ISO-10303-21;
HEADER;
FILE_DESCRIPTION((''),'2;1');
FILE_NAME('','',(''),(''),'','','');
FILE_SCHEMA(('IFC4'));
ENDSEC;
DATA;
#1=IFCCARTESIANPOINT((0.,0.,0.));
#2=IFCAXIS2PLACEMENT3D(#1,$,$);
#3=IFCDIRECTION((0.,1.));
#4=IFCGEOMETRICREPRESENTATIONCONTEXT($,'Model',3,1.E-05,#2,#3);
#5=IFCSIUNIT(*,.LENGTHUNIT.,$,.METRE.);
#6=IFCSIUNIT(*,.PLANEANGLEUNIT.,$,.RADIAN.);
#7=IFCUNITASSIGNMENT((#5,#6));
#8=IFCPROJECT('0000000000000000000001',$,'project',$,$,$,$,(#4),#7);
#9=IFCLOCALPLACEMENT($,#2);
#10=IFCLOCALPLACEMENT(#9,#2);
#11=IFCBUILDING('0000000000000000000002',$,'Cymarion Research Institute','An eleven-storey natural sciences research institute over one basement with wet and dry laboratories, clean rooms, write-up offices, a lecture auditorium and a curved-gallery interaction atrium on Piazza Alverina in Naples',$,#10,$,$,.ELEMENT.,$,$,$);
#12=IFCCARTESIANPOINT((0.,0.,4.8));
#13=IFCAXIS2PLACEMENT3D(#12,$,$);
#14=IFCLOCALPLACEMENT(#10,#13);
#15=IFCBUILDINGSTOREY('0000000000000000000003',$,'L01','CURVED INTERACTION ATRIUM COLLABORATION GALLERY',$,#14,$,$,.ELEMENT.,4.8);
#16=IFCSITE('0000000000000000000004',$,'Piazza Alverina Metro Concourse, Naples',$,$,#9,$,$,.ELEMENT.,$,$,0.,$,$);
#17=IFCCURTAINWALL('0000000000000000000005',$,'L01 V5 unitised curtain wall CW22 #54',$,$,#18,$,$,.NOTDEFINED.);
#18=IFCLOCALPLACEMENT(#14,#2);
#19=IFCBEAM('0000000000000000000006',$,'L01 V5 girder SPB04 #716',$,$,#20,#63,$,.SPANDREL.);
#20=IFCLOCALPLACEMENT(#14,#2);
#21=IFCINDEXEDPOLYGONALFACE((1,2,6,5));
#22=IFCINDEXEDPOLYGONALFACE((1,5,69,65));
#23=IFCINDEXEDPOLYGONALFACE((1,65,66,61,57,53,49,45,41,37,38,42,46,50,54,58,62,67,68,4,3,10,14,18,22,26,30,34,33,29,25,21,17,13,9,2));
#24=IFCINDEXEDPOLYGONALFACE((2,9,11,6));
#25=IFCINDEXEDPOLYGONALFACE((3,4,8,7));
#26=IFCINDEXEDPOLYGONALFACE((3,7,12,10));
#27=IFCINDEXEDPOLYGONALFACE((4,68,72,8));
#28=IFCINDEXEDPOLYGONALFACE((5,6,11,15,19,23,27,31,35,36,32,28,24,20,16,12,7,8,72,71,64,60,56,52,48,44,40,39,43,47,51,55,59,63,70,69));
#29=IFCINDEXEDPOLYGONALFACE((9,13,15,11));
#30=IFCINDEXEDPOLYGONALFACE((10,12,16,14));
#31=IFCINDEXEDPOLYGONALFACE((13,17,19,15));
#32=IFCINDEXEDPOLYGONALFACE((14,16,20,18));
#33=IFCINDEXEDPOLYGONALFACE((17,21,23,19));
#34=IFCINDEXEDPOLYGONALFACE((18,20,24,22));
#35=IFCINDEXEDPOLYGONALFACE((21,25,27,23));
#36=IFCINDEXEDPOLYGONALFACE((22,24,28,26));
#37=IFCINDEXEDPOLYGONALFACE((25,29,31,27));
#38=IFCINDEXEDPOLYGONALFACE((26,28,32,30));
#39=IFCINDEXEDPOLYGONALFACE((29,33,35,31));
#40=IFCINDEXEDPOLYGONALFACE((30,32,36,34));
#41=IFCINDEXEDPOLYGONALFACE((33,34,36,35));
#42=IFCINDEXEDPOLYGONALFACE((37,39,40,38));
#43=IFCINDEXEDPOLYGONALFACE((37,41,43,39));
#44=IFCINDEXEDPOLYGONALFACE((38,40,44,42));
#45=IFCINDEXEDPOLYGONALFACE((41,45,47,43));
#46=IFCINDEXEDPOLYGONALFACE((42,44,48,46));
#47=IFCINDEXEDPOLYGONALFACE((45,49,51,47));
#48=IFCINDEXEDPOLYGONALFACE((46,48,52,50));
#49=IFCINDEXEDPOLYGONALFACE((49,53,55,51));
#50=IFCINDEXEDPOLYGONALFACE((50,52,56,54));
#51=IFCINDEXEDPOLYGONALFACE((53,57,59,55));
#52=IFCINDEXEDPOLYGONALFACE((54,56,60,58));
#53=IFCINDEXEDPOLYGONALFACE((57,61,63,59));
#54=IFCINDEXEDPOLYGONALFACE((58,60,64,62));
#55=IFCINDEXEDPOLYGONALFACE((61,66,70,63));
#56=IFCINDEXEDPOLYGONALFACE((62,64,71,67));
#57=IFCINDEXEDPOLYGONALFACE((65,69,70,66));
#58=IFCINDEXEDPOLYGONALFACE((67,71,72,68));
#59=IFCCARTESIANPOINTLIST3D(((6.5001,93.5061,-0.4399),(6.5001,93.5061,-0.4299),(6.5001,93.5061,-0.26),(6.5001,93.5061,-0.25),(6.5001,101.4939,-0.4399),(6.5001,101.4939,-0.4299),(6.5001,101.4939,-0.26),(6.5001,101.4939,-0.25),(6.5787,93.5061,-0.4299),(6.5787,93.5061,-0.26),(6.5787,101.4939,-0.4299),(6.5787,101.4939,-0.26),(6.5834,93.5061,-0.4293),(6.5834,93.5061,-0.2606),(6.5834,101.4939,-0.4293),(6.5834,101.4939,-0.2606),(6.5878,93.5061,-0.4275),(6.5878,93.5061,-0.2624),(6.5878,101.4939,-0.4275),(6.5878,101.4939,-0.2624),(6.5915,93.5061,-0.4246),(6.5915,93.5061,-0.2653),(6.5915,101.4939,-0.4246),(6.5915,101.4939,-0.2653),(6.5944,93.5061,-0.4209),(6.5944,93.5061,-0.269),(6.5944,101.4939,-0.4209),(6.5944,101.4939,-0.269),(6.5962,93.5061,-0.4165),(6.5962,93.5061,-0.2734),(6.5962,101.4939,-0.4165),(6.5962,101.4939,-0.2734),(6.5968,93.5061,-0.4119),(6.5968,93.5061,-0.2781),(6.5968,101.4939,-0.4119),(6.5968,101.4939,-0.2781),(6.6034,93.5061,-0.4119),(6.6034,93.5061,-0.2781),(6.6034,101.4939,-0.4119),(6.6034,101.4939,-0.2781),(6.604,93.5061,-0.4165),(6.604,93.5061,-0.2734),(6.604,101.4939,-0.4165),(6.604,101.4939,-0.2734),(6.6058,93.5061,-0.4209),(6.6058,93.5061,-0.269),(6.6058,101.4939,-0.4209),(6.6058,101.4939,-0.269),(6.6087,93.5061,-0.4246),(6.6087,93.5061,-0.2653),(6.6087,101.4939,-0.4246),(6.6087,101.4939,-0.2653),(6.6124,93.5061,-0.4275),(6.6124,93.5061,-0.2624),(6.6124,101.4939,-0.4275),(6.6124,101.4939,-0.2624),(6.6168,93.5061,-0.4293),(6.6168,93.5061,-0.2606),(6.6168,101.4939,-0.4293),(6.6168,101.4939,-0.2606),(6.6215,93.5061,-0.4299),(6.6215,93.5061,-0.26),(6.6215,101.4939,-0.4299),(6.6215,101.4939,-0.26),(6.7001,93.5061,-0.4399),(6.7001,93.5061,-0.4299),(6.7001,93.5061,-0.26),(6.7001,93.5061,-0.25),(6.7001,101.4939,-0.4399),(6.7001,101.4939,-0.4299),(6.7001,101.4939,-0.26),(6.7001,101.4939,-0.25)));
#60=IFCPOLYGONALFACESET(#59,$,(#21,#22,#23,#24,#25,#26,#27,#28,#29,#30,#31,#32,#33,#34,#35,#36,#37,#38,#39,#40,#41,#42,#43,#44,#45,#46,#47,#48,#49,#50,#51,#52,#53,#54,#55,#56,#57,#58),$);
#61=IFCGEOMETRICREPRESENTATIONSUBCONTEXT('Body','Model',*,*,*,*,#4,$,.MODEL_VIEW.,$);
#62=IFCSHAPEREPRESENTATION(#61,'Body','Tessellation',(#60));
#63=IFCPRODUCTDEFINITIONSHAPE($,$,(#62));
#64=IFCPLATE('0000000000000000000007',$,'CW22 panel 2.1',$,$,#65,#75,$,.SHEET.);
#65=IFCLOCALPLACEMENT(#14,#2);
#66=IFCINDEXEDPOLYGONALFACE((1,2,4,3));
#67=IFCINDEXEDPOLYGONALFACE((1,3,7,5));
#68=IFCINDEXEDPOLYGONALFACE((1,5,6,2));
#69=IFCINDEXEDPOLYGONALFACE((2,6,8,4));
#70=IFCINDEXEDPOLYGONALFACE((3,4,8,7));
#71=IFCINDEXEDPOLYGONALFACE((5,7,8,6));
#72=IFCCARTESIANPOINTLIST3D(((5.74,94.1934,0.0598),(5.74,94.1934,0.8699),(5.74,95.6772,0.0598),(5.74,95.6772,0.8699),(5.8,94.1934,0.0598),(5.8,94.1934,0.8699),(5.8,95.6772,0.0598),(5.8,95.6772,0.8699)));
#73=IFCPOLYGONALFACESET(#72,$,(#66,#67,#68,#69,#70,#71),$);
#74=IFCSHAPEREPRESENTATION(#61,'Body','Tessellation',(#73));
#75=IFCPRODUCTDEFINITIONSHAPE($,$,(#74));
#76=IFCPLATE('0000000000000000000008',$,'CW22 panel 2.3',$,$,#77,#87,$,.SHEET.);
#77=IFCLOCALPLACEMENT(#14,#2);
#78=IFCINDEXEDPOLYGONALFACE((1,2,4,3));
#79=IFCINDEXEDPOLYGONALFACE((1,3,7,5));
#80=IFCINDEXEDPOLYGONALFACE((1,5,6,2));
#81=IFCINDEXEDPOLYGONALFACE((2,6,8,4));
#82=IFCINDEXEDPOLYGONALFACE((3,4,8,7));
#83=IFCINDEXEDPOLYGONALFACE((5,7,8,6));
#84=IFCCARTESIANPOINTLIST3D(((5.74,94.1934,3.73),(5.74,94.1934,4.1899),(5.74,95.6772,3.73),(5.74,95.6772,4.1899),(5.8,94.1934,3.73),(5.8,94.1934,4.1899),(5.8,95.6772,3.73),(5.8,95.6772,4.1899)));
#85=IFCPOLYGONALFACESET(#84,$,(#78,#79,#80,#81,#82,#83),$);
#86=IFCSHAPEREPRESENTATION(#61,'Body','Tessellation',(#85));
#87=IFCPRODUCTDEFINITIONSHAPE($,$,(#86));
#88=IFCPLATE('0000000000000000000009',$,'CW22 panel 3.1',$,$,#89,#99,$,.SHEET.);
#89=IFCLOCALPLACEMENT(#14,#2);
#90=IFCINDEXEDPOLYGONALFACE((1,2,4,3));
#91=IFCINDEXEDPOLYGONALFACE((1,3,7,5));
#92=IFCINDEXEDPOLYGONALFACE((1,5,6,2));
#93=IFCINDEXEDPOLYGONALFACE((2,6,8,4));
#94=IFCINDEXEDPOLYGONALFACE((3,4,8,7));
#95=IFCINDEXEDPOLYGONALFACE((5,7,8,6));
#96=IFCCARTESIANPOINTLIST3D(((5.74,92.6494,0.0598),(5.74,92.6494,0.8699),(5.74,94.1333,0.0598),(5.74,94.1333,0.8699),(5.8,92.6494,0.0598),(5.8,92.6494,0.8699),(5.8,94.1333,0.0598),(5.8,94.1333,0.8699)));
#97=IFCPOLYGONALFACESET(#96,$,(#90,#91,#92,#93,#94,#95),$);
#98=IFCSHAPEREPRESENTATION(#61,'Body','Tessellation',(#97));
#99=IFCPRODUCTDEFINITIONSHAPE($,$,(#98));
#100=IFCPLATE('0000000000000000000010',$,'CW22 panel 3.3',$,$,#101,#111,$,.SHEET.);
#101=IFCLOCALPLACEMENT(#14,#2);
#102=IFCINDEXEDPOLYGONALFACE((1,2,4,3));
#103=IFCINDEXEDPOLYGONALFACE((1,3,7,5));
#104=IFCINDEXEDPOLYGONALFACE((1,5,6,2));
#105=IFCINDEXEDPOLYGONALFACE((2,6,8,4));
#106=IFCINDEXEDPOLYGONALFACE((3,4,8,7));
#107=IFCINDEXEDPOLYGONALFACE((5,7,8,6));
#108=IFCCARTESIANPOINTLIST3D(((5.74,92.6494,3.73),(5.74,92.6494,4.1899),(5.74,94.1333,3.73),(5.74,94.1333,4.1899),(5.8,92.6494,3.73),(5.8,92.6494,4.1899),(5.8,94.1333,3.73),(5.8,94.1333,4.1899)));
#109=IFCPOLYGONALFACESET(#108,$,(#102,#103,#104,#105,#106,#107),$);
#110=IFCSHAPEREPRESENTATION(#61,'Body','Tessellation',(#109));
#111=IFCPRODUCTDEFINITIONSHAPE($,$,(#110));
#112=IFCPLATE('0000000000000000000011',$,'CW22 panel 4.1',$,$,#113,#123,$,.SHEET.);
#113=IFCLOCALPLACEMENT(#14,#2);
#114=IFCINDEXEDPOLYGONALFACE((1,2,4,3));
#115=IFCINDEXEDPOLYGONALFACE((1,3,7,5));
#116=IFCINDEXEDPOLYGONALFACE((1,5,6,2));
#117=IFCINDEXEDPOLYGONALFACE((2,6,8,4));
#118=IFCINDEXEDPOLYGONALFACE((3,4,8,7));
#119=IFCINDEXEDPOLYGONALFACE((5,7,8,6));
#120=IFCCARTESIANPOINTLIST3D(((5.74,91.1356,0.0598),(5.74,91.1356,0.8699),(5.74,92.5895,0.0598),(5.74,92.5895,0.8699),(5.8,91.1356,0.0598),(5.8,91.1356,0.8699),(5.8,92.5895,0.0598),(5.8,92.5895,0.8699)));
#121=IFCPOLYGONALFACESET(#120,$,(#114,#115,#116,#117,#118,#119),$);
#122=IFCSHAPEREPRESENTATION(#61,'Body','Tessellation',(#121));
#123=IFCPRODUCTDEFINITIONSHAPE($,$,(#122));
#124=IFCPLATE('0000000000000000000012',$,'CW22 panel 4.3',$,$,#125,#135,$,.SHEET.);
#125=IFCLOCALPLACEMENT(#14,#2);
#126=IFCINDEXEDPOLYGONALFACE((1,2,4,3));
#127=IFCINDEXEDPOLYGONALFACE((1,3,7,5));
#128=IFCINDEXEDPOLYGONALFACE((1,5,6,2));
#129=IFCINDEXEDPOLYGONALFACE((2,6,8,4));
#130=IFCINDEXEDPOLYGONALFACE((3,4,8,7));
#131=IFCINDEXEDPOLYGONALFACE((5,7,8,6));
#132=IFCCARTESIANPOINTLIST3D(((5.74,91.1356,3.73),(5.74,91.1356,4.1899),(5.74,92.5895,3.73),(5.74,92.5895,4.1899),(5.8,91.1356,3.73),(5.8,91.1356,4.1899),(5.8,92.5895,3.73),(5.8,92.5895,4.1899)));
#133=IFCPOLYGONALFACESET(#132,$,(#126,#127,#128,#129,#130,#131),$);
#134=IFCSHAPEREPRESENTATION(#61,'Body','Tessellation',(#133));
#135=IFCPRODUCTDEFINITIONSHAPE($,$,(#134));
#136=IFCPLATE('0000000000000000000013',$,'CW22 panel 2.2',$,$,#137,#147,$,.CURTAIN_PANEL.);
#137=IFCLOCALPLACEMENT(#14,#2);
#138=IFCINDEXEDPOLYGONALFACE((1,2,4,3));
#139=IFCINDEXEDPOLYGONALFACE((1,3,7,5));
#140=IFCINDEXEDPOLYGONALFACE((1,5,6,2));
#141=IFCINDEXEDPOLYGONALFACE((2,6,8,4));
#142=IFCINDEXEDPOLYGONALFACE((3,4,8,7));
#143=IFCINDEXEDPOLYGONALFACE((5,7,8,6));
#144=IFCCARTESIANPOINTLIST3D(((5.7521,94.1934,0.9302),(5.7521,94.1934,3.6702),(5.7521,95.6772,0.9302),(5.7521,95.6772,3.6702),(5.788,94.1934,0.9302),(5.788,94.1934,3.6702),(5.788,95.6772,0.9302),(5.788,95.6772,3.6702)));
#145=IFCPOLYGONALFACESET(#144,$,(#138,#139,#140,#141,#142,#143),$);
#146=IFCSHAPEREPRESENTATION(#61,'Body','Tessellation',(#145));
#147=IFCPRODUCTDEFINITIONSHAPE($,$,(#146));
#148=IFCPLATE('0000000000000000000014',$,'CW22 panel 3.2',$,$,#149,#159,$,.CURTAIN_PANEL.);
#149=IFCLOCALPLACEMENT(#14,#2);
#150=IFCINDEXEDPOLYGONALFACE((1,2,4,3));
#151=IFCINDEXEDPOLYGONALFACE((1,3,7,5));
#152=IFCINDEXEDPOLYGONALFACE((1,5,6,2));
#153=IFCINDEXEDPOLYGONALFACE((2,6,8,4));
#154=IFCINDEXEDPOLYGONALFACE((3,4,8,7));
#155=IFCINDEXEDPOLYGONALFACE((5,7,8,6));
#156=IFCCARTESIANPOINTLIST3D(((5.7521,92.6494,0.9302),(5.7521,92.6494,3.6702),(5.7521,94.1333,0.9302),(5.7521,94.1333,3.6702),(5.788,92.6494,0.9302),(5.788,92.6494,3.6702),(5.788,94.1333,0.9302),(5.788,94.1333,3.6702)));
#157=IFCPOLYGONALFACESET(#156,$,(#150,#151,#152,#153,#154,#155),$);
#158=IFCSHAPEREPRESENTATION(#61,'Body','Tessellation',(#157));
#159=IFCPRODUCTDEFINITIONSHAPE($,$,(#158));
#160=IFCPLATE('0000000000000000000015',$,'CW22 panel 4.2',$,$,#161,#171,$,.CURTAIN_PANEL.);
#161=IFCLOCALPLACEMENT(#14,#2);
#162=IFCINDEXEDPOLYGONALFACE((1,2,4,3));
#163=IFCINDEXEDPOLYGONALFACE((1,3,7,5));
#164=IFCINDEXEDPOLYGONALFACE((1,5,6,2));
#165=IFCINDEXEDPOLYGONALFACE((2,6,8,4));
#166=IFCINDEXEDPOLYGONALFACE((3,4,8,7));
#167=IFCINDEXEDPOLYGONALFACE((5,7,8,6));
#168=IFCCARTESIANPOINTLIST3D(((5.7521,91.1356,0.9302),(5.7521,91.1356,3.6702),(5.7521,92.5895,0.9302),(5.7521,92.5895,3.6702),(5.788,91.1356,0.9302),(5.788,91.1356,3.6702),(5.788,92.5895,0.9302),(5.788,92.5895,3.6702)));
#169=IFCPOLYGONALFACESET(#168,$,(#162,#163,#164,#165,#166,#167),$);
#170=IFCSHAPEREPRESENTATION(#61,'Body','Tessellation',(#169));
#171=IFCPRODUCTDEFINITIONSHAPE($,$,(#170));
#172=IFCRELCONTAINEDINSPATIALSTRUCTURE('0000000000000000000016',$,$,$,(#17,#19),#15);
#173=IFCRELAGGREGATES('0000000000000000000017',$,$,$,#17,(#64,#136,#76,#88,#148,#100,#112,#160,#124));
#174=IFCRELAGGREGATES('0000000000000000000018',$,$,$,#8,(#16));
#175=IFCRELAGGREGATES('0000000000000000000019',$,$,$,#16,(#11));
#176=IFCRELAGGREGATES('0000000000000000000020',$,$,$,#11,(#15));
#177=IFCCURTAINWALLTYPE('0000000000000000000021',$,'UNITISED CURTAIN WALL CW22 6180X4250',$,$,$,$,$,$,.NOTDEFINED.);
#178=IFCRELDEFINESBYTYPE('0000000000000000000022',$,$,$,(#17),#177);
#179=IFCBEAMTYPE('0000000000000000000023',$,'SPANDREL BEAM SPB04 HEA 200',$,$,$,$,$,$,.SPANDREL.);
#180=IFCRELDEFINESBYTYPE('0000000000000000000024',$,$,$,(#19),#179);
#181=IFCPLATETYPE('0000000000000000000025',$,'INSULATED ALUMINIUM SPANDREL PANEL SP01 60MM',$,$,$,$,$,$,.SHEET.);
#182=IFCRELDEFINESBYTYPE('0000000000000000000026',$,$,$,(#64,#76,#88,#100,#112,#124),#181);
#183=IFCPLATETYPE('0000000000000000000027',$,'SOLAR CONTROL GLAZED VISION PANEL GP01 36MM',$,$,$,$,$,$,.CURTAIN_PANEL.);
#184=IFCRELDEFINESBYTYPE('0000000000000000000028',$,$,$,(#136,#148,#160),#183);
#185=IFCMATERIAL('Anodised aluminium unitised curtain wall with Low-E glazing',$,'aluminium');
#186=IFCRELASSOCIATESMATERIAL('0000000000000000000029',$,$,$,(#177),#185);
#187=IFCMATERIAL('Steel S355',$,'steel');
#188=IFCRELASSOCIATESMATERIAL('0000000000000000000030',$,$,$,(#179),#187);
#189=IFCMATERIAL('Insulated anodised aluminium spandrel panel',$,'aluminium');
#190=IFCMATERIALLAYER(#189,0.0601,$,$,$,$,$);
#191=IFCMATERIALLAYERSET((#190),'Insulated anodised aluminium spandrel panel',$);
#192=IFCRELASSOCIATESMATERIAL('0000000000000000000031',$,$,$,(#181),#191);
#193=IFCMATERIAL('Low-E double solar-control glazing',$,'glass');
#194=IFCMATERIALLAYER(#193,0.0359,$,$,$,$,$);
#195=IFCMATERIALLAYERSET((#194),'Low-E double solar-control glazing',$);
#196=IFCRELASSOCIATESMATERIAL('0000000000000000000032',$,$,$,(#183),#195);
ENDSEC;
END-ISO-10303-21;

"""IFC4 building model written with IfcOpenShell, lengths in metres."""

from ifc_helpers import new_model, si_unit, direction, frame, origin, origin_2d, place, context, subcontext, project, spatial, rectangle, i_section, extrude, material, layer, layer_set, material_profile, profile_set, type_object, element, aggregate, save


model = new_model("IFC4")

# Units and contexts
model_context = context("Model", 3, precision=1e-05, world=origin(), true_north=direction((0.0, 1.0)))
body_context = subcontext(model_context, "Body", "Model", "MODEL_VIEW")
ifc_project = project(units=[si_unit("LENGTHUNIT", "METRE"), si_unit("PLANEANGLEUNIT", "RADIAN")], contexts=[model_context])

# Site, building, storey
site_placement = place(None, origin())
site = spatial("IfcSite", under=ifc_project, at=site_placement, Name="Piazza Alverina Metro Concourse, Naples", CompositionType="ELEMENT", RefElevation=0.0)
building_placement = place(site_placement, origin())
building = spatial("IfcBuilding", under=site, at=building_placement, Name="Cymarion Research Institute", Description="An eleven-storey natural sciences research institute over one basement with wet and dry laboratories, clean rooms, write-up offices, a lecture auditorium and a curved-gallery interaction atrium on Piazza Alverina in Naples", CompositionType="ELEMENT")
storey_placement = place(building_placement, frame((0.0, 0.0, 4.8)))
storey = spatial("IfcBuildingStorey", under=building, at=storey_placement, Name="L01", Description="CURVED INTERACTION ATRIUM COLLABORATION GALLERY", CompositionType="ELEMENT", Elevation=4.8)

# Shared definitions
ifc_material_1 = material(Name="Steel S355", Category="steel")

# Curtain wall
ifc_material_2 = material(Name="Anodised aluminium unitised curtain wall with Low-E glazing", Category="aluminium")
curtain_wall_type = type_object("IfcCurtainWallType", Name="UNITISED CURTAIN WALL CW22 6180X4250", PredefinedType="NOTDEFINED", material=ifc_material_2)
curtain_wall_1_placement = place(storey_placement, origin())
curtain_wall_1 = element("IfcCurtainWall", 1, at=curtain_wall_1_placement, inside=storey, type_object=curtain_wall_type, Name="L01 V5 unitised curtain wall CW22 #54", PredefinedType="NOTDEFINED")

# Beam
ifc_material_profile_1 = material_profile(ifc_material_1, i_section(OverallWidth=0.2, OverallDepth=0.1899, WebThickness=0.0066, FlangeThickness=0.01, FilletRadius=0.0181, at=origin_2d()), Name="HEA 200")
ifc_profile_set_1 = profile_set([ifc_material_profile_1], Name="Steel S355")
beam_type_1 = type_object("IfcBeamType", Name="SPANDREL BEAM SPB04 HEA 200", PredefinedType="SPANDREL", material=ifc_profile_set_1)
beam_1_placement = place(storey_placement, frame((6.6001, 93.5061, -0.345), z_axis=(0.0, 1.0, 0.0), x_axis=(-1.0, 0.0, 0.0)))
element("IfcBeam", 2, at=beam_1_placement, inside=storey, type_object=beam_type_1, Name="L01 V5 girder SPB04 #716", PredefinedType="SPANDREL", context=body_context, shape_type="SweptSolid", body=[
    extrude(i_section(OverallWidth=0.2, OverallDepth=0.1899, WebThickness=0.0066, FlangeThickness=0.01, FilletRadius=0.0181, at=origin_2d()), origin(), (0.0, 0.0, 1.0), 7.9878),
])

# Plates
ifc_material_3 = material(Name="Insulated anodised aluminium spandrel panel", Category="aluminium")
ifc_layer_1 = layer(ifc_material_3, 0.0601)
ifc_layer_set_1 = layer_set([ifc_layer_1], Name="Insulated anodised aluminium spandrel panel")
plate_type_1 = type_object("IfcPlateType", Name="INSULATED ALUMINIUM SPANDREL PANEL SP01 60MM", PredefinedType="SHEET", material=ifc_layer_set_1)
plate_1_placement = place(storey_placement, frame((5.77, 94.9353, 0.0598), z_axis=(0.0, 0.0, 1.0), x_axis=(0.0, -1.0, 0.0)))
plate_1 = element("IfcPlate", 3, at=plate_1_placement, type_object=plate_type_1, Name="CW22 panel 2.1", PredefinedType="SHEET", context=body_context, shape_type="SweptSolid", body=[
    extrude(rectangle(XDim=1.4839, YDim=0.0601, at=origin_2d()), origin(), (0.0, 0.0, 1.0), 0.8101),
])
plate_2_placement = place(storey_placement, frame((5.77, 94.9353, 3.73), z_axis=(0.0, 0.0, 1.0), x_axis=(0.0, -1.0, 0.0)))
plate_2 = element("IfcPlate", 4, at=plate_2_placement, type_object=plate_type_1, Name="CW22 panel 2.3", PredefinedType="SHEET", context=body_context, shape_type="SweptSolid", body=[
    extrude(rectangle(XDim=1.4839, YDim=0.0601, at=origin_2d()), origin(), (0.0, 0.0, 1.0), 0.46),
])
plate_3_placement = place(storey_placement, frame((5.77, 93.3914, 0.0598), z_axis=(0.0, 0.0, 1.0), x_axis=(0.0, -1.0, 0.0)))
plate_3 = element("IfcPlate", 5, at=plate_3_placement, type_object=plate_type_1, Name="CW22 panel 3.1", PredefinedType="SHEET", context=body_context, shape_type="SweptSolid", body=[
    extrude(rectangle(XDim=1.4839, YDim=0.0601, at=origin_2d()), origin(), (0.0, 0.0, 1.0), 0.8101),
])
plate_4_placement = place(storey_placement, frame((5.77, 93.3914, 3.73), z_axis=(0.0, 0.0, 1.0), x_axis=(0.0, -1.0, 0.0)))
plate_4 = element("IfcPlate", 6, at=plate_4_placement, type_object=plate_type_1, Name="CW22 panel 3.3", PredefinedType="SHEET", context=body_context, shape_type="SweptSolid", body=[
    extrude(rectangle(XDim=1.4839, YDim=0.0601, at=origin_2d()), origin(), (0.0, 0.0, 1.0), 0.46),
])
plate_5_placement = place(storey_placement, frame((5.77, 91.8625, 0.0598), z_axis=(0.0, 0.0, 1.0), x_axis=(0.0, -1.0, 0.0)))
plate_5 = element("IfcPlate", 7, at=plate_5_placement, type_object=plate_type_1, Name="CW22 panel 4.1", PredefinedType="SHEET", context=body_context, shape_type="SweptSolid", body=[
    extrude(rectangle(XDim=1.4539, YDim=0.0601, at=origin_2d()), origin(), (0.0, 0.0, 1.0), 0.8101),
])
plate_6_placement = place(storey_placement, frame((5.77, 91.8625, 3.73), z_axis=(0.0, 0.0, 1.0), x_axis=(0.0, -1.0, 0.0)))
plate_6 = element("IfcPlate", 8, at=plate_6_placement, type_object=plate_type_1, Name="CW22 panel 4.3", PredefinedType="SHEET", context=body_context, shape_type="SweptSolid", body=[
    extrude(rectangle(XDim=1.4539, YDim=0.0601, at=origin_2d()), origin(), (0.0, 0.0, 1.0), 0.46),
])
ifc_material_4 = material(Name="Low-E double solar-control glazing", Category="glass")
ifc_layer_2 = layer(ifc_material_4, 0.0359)
ifc_layer_set_2 = layer_set([ifc_layer_2], Name="Low-E double solar-control glazing")
plate_type_2 = type_object("IfcPlateType", Name="SOLAR CONTROL GLAZED VISION PANEL GP01 36MM", PredefinedType="CURTAIN_PANEL", material=ifc_layer_set_2)
plate_7_placement = place(storey_placement, frame((5.77, 94.9353, 0.9302), z_axis=(0.0, 0.0, 1.0), x_axis=(0.0, -1.0, 0.0)))
plate_7 = element("IfcPlate", 9, at=plate_7_placement, type_object=plate_type_2, Name="CW22 panel 2.2", PredefinedType="CURTAIN_PANEL", context=body_context, shape_type="SweptSolid", body=[
    extrude(rectangle(XDim=1.4839, YDim=0.0359, at=origin_2d()), origin(), (0.0, 0.0, 1.0), 2.74),
])
plate_8_placement = place(storey_placement, frame((5.77, 93.3914, 0.9302), z_axis=(0.0, 0.0, 1.0), x_axis=(0.0, -1.0, 0.0)))
plate_8 = element("IfcPlate", 10, at=plate_8_placement, type_object=plate_type_2, Name="CW22 panel 3.2", PredefinedType="CURTAIN_PANEL", context=body_context, shape_type="SweptSolid", body=[
    extrude(rectangle(XDim=1.4839, YDim=0.0359, at=origin_2d()), origin(), (0.0, 0.0, 1.0), 2.74),
])
plate_9_placement = place(storey_placement, frame((5.77, 91.8625, 0.9302), z_axis=(0.0, 0.0, 1.0), x_axis=(0.0, -1.0, 0.0)))
plate_9 = element("IfcPlate", 11, at=plate_9_placement, type_object=plate_type_2, Name="CW22 panel 4.2", PredefinedType="CURTAIN_PANEL", context=body_context, shape_type="SweptSolid", body=[
    extrude(rectangle(XDim=1.4539, YDim=0.0359, at=origin_2d()), origin(), (0.0, 0.0, 1.0), 2.74),
])
aggregate(curtain_wall_1, [plate_1, plate_7, plate_2, plate_3, plate_8, plate_4, plate_5, plate_9, plate_6])

save(model, "model.ifc")
